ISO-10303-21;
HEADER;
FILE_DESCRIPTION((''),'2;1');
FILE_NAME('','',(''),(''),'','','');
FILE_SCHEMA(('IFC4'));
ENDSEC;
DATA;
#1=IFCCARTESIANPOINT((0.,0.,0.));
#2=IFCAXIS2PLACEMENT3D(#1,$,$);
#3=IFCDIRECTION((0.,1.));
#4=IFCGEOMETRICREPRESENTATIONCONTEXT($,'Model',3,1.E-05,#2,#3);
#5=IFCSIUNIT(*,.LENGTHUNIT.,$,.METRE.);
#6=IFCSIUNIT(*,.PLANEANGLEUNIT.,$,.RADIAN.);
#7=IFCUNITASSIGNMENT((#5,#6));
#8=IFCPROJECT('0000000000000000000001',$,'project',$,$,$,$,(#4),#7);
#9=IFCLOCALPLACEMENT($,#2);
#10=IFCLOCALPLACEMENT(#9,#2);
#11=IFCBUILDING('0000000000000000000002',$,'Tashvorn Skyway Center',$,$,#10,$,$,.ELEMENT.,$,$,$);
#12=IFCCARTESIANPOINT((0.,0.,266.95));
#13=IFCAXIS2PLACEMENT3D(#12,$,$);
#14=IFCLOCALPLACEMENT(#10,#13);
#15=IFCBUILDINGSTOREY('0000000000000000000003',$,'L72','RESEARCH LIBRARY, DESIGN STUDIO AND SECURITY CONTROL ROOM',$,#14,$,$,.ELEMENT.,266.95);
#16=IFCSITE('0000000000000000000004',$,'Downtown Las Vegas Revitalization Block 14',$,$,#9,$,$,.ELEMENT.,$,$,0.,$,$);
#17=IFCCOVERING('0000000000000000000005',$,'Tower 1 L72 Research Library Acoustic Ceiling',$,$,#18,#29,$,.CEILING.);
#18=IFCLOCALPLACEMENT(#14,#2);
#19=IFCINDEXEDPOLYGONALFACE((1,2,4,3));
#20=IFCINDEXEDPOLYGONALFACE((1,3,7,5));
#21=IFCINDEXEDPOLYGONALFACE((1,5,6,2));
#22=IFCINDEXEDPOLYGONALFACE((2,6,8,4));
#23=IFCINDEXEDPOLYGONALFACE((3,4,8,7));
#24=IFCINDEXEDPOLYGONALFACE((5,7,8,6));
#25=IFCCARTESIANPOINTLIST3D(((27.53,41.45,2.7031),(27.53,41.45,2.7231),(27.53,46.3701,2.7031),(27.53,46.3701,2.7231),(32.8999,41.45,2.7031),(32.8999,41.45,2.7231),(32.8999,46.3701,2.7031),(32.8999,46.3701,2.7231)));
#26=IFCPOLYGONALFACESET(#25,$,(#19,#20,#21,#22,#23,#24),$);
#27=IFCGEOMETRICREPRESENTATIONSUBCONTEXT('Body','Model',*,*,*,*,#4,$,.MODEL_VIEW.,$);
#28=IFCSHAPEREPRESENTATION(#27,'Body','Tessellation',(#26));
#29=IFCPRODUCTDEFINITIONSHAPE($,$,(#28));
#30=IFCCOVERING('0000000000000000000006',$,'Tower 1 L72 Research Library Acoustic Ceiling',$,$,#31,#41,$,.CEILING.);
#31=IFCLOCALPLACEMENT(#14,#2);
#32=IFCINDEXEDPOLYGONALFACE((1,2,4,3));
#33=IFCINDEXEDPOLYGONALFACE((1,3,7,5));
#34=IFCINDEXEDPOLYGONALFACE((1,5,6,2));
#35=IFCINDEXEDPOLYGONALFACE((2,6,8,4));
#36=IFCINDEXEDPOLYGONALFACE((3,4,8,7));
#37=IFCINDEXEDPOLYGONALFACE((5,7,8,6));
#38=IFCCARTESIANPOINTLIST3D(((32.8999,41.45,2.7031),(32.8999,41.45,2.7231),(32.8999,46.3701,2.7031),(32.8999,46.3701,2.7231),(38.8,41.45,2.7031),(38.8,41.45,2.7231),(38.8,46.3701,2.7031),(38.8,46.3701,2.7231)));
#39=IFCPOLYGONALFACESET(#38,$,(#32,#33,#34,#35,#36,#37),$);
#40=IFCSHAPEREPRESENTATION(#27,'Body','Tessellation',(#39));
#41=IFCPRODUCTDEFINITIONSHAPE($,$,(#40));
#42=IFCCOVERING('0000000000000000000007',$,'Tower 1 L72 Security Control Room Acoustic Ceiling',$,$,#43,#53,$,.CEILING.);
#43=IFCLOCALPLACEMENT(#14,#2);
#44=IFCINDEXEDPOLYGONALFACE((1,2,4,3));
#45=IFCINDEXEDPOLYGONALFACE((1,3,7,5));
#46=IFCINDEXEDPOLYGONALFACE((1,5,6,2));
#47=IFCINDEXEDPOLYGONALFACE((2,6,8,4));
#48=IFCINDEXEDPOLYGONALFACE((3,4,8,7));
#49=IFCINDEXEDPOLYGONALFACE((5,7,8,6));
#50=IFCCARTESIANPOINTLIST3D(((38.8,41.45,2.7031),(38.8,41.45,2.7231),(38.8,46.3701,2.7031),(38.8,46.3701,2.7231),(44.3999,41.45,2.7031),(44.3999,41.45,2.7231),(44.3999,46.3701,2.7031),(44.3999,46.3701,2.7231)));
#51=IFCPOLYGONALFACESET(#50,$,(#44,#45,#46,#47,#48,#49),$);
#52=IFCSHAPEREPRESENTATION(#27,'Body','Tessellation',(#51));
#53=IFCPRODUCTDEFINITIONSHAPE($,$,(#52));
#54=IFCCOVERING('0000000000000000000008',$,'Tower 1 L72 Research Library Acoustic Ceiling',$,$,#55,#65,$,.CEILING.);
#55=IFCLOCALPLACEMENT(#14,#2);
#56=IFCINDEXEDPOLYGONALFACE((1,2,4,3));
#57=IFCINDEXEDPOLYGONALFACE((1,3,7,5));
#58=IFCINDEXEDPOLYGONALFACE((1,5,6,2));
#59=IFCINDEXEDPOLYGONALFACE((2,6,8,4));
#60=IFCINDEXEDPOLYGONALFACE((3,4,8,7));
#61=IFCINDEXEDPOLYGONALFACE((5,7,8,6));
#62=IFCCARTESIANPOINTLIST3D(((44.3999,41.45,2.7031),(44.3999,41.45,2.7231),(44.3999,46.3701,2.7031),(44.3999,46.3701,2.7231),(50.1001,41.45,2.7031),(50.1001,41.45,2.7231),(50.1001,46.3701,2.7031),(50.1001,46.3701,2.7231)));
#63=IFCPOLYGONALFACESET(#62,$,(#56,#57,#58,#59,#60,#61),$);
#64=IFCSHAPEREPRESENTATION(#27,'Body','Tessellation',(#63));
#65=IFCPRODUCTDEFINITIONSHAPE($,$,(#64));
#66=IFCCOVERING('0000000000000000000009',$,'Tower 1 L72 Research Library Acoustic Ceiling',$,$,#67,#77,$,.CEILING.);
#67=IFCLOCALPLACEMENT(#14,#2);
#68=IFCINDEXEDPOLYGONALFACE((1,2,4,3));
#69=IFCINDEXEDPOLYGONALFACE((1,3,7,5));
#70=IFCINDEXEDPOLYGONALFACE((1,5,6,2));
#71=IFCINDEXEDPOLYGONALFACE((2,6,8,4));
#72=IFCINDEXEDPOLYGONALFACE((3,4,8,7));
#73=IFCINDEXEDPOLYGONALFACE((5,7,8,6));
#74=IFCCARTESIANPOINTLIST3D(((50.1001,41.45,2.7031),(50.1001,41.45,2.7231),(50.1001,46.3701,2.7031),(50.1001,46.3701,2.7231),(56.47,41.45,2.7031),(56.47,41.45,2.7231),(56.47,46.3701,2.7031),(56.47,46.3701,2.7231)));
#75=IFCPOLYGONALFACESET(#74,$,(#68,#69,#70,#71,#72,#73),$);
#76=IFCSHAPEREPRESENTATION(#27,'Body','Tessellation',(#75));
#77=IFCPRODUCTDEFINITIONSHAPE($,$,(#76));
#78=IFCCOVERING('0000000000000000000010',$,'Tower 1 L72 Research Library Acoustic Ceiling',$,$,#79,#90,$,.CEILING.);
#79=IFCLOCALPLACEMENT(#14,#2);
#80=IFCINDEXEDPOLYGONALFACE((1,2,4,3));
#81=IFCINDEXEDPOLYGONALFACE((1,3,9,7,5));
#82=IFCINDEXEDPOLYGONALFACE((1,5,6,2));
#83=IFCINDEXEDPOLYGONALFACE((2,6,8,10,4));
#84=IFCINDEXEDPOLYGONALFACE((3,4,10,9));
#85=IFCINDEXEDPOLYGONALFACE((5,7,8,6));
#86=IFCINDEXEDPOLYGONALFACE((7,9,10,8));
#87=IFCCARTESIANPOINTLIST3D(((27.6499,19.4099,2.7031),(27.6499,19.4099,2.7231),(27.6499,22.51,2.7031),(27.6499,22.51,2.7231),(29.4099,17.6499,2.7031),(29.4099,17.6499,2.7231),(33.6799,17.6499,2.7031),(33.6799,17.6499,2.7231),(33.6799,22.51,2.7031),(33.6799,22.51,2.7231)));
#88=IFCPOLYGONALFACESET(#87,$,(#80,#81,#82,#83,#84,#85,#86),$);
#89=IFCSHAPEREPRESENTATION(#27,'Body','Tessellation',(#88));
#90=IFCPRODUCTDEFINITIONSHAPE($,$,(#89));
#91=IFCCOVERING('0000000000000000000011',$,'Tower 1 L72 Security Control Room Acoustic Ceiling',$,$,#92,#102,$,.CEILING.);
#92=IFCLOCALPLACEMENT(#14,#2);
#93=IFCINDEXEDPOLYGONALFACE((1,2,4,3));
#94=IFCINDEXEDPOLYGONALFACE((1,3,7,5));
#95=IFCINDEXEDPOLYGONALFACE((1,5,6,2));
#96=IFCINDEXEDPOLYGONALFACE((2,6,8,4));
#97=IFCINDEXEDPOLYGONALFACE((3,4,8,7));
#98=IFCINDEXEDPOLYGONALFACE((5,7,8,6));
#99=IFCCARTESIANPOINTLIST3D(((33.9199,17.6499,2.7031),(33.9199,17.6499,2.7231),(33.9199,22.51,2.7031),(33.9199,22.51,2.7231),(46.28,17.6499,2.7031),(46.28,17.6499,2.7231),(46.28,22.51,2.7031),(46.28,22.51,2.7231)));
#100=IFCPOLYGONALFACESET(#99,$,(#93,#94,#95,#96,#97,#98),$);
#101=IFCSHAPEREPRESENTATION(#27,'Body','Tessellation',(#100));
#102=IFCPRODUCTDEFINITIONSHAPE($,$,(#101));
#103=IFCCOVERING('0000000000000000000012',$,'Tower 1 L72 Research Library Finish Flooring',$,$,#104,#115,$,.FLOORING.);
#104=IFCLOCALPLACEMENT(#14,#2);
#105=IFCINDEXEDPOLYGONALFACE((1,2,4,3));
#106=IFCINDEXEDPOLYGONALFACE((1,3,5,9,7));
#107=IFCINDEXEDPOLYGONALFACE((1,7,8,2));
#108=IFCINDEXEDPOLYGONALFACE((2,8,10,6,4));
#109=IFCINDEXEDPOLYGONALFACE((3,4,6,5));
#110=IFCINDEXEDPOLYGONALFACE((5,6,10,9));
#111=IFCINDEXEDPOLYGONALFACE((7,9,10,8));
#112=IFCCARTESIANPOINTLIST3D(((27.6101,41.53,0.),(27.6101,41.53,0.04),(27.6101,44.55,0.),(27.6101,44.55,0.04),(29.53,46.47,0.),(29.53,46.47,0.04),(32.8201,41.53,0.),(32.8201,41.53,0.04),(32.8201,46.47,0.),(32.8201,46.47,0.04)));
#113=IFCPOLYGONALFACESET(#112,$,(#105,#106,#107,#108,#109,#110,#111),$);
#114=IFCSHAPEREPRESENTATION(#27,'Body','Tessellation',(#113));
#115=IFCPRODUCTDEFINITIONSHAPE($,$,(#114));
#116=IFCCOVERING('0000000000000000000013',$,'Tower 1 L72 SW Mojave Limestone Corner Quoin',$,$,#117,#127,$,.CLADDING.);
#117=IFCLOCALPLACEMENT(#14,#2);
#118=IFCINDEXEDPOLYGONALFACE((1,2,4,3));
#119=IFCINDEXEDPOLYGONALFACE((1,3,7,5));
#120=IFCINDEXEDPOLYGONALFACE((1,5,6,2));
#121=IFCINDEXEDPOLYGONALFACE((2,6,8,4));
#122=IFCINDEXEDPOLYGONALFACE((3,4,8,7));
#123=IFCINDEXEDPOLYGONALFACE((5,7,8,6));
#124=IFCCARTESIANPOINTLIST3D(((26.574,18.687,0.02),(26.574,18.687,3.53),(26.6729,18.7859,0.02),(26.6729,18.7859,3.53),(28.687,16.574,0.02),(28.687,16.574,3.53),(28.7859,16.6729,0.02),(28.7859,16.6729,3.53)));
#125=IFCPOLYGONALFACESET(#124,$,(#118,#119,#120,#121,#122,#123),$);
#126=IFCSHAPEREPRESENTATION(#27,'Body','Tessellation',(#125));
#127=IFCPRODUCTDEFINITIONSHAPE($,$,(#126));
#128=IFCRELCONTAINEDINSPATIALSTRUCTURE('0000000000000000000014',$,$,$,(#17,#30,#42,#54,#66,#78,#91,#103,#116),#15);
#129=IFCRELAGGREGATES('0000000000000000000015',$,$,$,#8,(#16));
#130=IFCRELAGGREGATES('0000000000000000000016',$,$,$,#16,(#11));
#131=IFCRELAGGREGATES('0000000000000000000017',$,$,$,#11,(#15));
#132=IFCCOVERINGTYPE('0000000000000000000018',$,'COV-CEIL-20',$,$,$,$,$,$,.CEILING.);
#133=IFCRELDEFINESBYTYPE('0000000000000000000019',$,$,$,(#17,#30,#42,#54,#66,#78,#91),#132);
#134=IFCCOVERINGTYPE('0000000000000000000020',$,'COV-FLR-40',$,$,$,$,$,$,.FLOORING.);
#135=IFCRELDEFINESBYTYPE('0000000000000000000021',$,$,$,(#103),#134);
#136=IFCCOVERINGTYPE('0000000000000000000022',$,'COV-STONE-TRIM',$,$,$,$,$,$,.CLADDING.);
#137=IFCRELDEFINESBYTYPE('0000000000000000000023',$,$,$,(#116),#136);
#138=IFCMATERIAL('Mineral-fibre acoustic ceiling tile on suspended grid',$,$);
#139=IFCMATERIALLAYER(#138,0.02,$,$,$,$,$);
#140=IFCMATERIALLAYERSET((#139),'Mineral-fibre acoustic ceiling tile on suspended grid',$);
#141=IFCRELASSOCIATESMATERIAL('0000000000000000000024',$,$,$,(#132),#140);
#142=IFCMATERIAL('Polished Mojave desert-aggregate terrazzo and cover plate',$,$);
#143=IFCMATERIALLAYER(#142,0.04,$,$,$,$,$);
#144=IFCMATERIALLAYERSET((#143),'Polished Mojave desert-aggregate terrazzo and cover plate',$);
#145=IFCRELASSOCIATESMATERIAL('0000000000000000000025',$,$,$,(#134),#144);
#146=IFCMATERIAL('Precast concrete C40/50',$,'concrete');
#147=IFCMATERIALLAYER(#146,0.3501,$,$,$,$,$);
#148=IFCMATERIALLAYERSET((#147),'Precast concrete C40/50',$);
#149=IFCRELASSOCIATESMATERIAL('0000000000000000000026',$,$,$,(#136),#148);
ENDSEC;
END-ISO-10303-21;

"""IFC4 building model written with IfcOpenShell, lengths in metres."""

from ifc_helpers import new_model, si_unit, direction, frame, origin, origin_2d, place, context, subcontext, project, spatial, polyline, rectangle, outline, extrude, material, layer, layer_set, type_object, element, save


model = new_model("IFC4")

# Units and contexts
model_context = context("Model", 3, precision=1e-05, world=origin(), true_north=direction((0.0, 1.0)))
body_context = subcontext(model_context, "Body", "Model", "MODEL_VIEW")
ifc_project = project(units=[si_unit("LENGTHUNIT", "METRE"), si_unit("PLANEANGLEUNIT", "RADIAN")], contexts=[model_context])

# Site, building, storey
site_placement = place(None, origin())
site = spatial("IfcSite", under=ifc_project, at=site_placement, Name="Downtown Las Vegas Revitalization Block 14", CompositionType="ELEMENT", RefElevation=0.0)
building_placement = place(site_placement, origin())
building = spatial("IfcBuilding", under=site, at=building_placement, Name="Tashvorn Skyway Center", CompositionType="ELEMENT")
storey_placement = place(building_placement, frame((0.0, 0.0, 266.95)))
storey = spatial("IfcBuildingStorey", under=building, at=storey_placement, Name="L72", Description="RESEARCH LIBRARY, DESIGN STUDIO AND SECURITY CONTROL ROOM", CompositionType="ELEMENT", Elevation=266.95)

# Shared definitions
ifc_material_1 = material(Name="Precast concrete C40/50", Category="concrete")

# Coverings
ifc_material_2 = material(Name="Mineral-fibre acoustic ceiling tile on suspended grid")
ifc_layer_1 = layer(ifc_material_2, 0.02)
ifc_layer_set_1 = layer_set([ifc_layer_1], Name="Mineral-fibre acoustic ceiling tile on suspended grid")
covering_type_1 = type_object("IfcCoveringType", Name="COV-CEIL-20", PredefinedType="CEILING", material=ifc_layer_set_1)
covering_1_placement = place(storey_placement, frame((0.0, 0.0, 2.7031)))
element("IfcCovering", 1, at=covering_1_placement, inside=storey, type_object=covering_type_1, Name="Tower 1 L72 Research Library Acoustic Ceiling", PredefinedType="CEILING", context=body_context, shape_type="SweptSolid", body=[
    extrude(outline(polyline([(27.53, 41.45), (32.8999, 41.45), (32.8999, 46.3701), (27.53, 46.3701), (27.53, 41.45)])), origin(), (0.0, 0.0, 1.0), 0.02),
])
covering_2_placement = place(storey_placement, frame((0.0, 0.0, 2.7031)))
element("IfcCovering", 2, at=covering_2_placement, inside=storey, type_object=covering_type_1, Name="Tower 1 L72 Research Library Acoustic Ceiling", PredefinedType="CEILING", context=body_context, shape_type="SweptSolid", body=[
    extrude(outline(polyline([(32.8999, 41.45), (38.8, 41.45), (38.8, 46.3701), (32.8999, 46.3701), (32.8999, 41.45)])), origin(), (0.0, 0.0, 1.0), 0.02),
])
covering_3_placement = place(storey_placement, frame((0.0, 0.0, 2.7031)))
element("IfcCovering", 3, at=covering_3_placement, inside=storey, type_object=covering_type_1, Name="Tower 1 L72 Security Control Room Acoustic Ceiling", PredefinedType="CEILING", context=body_context, shape_type="SweptSolid", body=[
    extrude(outline(polyline([(38.8, 41.45), (44.3999, 41.45), (44.3999, 46.3701), (38.8, 46.3701), (38.8, 41.45)])), origin(), (0.0, 0.0, 1.0), 0.02),
])
covering_4_placement = place(storey_placement, frame((0.0, 0.0, 2.7031)))
element("IfcCovering", 4, at=covering_4_placement, inside=storey, type_object=covering_type_1, Name="Tower 1 L72 Research Library Acoustic Ceiling", PredefinedType="CEILING", context=body_context, shape_type="SweptSolid", body=[
    extrude(outline(polyline([(44.3999, 41.45), (50.1001, 41.45), (50.1001, 46.3701), (44.3999, 46.3701), (44.3999, 41.45)])), origin(), (0.0, 0.0, 1.0), 0.02),
])
covering_5_placement = place(storey_placement, frame((0.0, 0.0, 2.7031)))
element("IfcCovering", 5, at=covering_5_placement, inside=storey, type_object=covering_type_1, Name="Tower 1 L72 Research Library Acoustic Ceiling", PredefinedType="CEILING", context=body_context, shape_type="SweptSolid", body=[
    extrude(outline(polyline([(50.1001, 41.45), (56.47, 41.45), (56.47, 46.3701), (50.1001, 46.3701), (50.1001, 41.45)])), origin(), (0.0, 0.0, 1.0), 0.02),
])
covering_6_placement = place(storey_placement, frame((0.0, 0.0, 2.7031)))
element("IfcCovering", 6, at=covering_6_placement, inside=storey, type_object=covering_type_1, Name="Tower 1 L72 Research Library Acoustic Ceiling", PredefinedType="CEILING", context=body_context, shape_type="SweptSolid", body=[
    extrude(outline(polyline([(27.6499, 22.51), (33.6799, 22.51), (33.6799, 17.6499), (29.4099, 17.6499), (27.6499, 19.4099), (27.6499, 22.51)])), origin(), (0.0, 0.0, 1.0), 0.02),
])
covering_7_placement = place(storey_placement, frame((0.0, 0.0, 2.7031)))
element("IfcCovering", 7, at=covering_7_placement, inside=storey, type_object=covering_type_1, Name="Tower 1 L72 Security Control Room Acoustic Ceiling", PredefinedType="CEILING", context=body_context, shape_type="SweptSolid", body=[
    extrude(outline(polyline([(33.9199, 22.51), (46.28, 22.51), (46.28, 17.6499), (33.9199, 17.6499), (33.9199, 22.51)])), origin(), (0.0, 0.0, 1.0), 0.02),
])
ifc_material_3 = material(Name="Polished Mojave desert-aggregate terrazzo and cover plate")
ifc_layer_2 = layer(ifc_material_3, 0.04)
ifc_layer_set_2 = layer_set([ifc_layer_2], Name="Polished Mojave desert-aggregate terrazzo and cover plate")
covering_type_2 = type_object("IfcCoveringType", Name="COV-FLR-40", PredefinedType="FLOORING", material=ifc_layer_set_2)
covering_8_placement = place(storey_placement, origin())
element("IfcCovering", 8, at=covering_8_placement, inside=storey, type_object=covering_type_2, Name="Tower 1 L72 Research Library Finish Flooring", PredefinedType="FLOORING", context=body_context, shape_type="SweptSolid", body=[
    extrude(outline(polyline([(32.8201, 41.53), (27.6101, 41.53), (27.6101, 44.55), (29.53, 46.47), (32.8201, 46.47), (32.8201, 41.53)])), origin(), (0.0, 0.0, 1.0), 0.04),
])
ifc_layer_3 = layer(ifc_material_1, 0.3501)
ifc_layer_set_3 = layer_set([ifc_layer_3], Name="Precast concrete C40/50")
covering_type_3 = type_object("IfcCoveringType", Name="COV-STONE-TRIM", PredefinedType="CLADDING", material=ifc_layer_set_3)
covering_9_placement = place(storey_placement, frame((27.6799, 17.6799, 0.02), z_axis=(0.0, 0.0, 1.0), x_axis=(-0.707107, 0.707107, 0.0)))
element("IfcCovering", 9, at=covering_9_placement, inside=storey, type_object=covering_type_3, Name="Tower 1 L72 SW Mojave Limestone Corner Quoin", PredefinedType="CLADDING", context=body_context, shape_type="SweptSolid", body=[
    extrude(rectangle(XDim=2.9883, YDim=0.1399, at=origin_2d()), origin(), (0.0, 0.0, 1.0), 3.51),
])

save(model, "model.ifc")
